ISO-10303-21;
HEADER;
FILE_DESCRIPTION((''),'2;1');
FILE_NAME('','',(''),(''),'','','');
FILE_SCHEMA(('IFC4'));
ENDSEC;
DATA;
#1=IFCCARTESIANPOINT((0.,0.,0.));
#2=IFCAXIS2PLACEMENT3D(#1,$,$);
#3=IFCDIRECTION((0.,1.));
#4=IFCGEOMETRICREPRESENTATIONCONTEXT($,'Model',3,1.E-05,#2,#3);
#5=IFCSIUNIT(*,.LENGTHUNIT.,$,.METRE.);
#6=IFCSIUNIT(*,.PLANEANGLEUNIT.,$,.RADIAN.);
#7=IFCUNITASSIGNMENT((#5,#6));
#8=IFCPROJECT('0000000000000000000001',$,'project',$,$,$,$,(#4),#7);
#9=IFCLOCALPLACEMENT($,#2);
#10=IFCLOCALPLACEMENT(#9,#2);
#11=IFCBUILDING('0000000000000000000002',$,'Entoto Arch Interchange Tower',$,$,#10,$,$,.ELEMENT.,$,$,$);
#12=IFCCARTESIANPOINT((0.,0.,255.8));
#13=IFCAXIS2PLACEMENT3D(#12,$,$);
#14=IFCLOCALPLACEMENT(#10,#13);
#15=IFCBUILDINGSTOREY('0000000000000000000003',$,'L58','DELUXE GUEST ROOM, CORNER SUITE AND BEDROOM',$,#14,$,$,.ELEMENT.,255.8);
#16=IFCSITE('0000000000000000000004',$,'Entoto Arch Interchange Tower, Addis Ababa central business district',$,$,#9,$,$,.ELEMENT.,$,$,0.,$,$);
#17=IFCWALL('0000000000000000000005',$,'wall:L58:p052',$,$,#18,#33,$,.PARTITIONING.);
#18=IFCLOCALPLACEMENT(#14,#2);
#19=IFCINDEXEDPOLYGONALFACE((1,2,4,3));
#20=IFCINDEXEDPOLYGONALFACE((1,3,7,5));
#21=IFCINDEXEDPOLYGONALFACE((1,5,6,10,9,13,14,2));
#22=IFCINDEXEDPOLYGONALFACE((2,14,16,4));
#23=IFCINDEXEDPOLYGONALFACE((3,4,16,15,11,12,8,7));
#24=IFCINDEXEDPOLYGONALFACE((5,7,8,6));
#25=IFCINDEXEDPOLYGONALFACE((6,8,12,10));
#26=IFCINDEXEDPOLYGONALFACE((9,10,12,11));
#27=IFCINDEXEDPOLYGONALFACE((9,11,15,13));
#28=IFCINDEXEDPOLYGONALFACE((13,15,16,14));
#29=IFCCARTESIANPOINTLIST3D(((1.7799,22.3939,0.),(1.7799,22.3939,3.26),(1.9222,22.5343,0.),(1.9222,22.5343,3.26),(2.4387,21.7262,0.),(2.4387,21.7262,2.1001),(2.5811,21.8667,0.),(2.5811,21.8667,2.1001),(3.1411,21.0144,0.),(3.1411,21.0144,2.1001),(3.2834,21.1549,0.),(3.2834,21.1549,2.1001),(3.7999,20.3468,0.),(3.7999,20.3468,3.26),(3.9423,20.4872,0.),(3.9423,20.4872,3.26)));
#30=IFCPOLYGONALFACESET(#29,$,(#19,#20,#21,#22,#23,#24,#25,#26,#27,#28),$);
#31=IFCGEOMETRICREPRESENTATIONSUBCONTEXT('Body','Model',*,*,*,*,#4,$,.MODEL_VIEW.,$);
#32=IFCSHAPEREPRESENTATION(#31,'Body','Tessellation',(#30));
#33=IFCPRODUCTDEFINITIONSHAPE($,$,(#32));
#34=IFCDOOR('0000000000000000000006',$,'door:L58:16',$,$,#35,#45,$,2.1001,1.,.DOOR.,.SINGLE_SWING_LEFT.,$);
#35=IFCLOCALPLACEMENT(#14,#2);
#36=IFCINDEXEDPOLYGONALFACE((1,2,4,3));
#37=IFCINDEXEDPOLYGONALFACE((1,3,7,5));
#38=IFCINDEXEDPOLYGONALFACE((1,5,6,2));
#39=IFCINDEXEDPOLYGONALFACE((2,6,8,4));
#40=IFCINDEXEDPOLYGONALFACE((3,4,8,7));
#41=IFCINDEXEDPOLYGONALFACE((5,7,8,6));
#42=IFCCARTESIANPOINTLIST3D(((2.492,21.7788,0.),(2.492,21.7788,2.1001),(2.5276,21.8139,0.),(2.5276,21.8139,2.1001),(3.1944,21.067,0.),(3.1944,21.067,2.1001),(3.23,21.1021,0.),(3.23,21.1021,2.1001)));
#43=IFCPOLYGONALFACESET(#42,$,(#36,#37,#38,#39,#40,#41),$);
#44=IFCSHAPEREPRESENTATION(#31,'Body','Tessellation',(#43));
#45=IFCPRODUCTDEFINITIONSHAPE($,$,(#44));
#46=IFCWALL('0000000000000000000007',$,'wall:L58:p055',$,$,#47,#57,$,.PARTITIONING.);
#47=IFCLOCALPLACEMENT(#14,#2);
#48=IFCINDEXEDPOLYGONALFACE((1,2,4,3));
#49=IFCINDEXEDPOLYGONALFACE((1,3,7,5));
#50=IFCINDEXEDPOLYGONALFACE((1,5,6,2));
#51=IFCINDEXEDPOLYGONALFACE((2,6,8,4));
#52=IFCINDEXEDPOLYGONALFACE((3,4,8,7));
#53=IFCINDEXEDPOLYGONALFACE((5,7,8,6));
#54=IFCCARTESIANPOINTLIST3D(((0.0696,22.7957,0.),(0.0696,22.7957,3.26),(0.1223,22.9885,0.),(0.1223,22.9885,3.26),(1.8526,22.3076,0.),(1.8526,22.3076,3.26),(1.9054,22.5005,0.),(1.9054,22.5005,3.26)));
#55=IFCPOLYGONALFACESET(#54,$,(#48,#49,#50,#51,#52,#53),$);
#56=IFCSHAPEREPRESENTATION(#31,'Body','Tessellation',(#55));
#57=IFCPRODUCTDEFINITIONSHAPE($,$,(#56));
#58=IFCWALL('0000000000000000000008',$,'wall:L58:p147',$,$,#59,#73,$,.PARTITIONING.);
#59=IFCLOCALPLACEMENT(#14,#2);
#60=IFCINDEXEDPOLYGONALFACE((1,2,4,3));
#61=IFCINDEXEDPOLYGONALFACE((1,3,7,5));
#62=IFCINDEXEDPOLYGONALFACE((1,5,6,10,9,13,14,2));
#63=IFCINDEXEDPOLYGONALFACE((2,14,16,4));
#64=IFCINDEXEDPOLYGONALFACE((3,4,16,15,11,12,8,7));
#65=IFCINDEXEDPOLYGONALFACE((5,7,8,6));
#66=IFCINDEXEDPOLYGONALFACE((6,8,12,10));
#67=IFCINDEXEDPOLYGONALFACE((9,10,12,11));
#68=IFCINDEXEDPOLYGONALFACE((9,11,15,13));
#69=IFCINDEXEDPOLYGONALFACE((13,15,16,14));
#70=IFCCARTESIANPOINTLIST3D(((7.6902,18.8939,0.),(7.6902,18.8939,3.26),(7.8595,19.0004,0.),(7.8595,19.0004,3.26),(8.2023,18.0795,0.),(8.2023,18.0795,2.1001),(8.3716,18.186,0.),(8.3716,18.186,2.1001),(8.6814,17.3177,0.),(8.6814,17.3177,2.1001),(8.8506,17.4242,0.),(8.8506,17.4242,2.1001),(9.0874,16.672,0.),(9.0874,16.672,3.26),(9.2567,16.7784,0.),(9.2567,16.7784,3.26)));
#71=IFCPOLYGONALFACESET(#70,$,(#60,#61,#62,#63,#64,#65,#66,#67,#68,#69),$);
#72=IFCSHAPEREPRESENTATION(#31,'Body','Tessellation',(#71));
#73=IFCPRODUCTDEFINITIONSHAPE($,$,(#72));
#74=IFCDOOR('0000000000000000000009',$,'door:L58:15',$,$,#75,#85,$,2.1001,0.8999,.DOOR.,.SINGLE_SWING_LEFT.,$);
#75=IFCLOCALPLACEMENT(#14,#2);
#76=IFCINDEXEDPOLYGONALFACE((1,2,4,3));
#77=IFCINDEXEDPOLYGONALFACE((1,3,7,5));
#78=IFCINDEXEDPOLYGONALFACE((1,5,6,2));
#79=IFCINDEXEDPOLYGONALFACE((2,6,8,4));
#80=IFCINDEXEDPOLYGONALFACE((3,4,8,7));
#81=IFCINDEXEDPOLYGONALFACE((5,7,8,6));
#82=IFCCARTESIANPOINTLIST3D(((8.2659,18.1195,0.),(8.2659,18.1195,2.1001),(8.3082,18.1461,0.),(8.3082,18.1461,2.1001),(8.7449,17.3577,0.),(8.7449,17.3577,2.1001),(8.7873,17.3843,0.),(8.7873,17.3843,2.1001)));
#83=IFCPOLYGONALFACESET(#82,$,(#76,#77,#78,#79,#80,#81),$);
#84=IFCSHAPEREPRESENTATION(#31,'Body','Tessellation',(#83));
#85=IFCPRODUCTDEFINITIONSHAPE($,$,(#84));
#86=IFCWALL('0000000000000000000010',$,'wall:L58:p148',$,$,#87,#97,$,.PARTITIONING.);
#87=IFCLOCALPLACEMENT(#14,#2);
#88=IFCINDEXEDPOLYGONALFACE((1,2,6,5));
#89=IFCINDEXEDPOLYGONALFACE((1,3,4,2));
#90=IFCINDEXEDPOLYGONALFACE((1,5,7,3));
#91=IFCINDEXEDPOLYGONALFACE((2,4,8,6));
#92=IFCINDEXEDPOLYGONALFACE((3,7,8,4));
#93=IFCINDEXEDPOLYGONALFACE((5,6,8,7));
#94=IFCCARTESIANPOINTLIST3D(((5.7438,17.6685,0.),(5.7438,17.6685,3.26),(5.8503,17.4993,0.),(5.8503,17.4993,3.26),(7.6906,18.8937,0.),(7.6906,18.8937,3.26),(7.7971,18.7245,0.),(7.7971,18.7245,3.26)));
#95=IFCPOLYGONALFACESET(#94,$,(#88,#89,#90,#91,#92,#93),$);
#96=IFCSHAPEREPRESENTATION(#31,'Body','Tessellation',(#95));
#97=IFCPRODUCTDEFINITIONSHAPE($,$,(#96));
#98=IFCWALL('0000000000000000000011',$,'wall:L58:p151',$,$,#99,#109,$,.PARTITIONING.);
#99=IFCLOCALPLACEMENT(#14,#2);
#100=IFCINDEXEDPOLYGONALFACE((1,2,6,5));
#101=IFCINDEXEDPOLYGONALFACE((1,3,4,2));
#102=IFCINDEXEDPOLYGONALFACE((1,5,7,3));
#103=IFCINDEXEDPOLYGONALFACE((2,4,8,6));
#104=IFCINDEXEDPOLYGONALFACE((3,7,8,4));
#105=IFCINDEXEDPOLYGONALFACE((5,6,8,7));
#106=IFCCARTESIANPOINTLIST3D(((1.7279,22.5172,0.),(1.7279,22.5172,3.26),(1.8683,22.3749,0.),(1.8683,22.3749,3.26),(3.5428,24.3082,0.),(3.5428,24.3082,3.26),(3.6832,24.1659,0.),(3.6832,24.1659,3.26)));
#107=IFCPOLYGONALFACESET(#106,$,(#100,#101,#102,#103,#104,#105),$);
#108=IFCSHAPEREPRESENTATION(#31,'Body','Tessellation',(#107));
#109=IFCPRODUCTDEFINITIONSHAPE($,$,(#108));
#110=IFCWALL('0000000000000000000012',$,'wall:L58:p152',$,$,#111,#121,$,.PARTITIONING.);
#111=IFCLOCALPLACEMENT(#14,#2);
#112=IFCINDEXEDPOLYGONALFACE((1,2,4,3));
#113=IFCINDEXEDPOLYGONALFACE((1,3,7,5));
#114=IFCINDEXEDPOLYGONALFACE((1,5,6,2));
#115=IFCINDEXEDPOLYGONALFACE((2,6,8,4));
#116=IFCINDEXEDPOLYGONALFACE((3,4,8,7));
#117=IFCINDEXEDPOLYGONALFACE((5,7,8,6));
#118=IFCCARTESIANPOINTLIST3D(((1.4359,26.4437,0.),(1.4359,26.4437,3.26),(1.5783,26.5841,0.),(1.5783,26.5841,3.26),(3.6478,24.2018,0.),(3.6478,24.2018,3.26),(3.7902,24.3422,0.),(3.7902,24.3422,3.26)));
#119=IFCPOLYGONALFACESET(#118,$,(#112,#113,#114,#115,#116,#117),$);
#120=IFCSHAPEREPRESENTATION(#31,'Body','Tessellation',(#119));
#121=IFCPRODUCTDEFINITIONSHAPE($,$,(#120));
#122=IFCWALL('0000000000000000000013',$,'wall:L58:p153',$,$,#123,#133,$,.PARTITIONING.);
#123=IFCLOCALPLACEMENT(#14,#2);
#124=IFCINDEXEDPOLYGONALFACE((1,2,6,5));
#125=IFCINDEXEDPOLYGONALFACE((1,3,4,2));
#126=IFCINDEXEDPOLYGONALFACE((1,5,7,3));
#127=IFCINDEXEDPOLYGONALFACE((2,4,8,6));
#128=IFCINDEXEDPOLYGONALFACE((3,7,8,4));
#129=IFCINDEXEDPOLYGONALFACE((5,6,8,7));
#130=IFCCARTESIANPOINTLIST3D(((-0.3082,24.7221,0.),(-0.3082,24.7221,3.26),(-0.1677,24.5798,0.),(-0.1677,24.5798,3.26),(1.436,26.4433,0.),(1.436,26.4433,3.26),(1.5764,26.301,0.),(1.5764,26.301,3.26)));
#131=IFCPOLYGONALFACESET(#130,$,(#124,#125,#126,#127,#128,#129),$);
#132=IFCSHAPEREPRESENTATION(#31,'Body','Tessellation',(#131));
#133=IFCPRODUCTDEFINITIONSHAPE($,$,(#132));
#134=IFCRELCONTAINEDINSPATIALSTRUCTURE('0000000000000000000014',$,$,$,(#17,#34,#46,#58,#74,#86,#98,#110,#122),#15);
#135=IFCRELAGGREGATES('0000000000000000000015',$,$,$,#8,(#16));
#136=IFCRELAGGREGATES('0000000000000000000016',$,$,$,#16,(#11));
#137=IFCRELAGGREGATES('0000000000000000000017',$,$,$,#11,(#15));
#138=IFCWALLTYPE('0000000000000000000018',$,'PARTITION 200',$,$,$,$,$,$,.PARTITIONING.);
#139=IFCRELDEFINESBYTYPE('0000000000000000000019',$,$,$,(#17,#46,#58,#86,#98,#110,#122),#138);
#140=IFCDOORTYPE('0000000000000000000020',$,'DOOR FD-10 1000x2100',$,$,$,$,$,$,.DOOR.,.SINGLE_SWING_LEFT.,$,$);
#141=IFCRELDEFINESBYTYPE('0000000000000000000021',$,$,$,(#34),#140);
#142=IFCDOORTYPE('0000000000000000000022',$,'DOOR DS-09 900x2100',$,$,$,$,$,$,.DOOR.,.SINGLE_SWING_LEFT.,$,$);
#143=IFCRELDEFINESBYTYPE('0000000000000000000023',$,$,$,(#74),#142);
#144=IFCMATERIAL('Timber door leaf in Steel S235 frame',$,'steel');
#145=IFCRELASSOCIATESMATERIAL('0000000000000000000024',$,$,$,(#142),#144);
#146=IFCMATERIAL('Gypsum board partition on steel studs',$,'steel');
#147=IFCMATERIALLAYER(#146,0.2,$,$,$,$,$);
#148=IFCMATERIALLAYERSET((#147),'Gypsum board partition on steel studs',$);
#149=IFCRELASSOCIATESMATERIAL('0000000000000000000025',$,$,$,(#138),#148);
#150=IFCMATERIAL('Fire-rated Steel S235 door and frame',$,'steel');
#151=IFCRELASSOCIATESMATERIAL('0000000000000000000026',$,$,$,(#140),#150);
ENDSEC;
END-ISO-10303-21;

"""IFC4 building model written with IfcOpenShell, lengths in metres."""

from ifc_helpers import new_model, si_unit, direction, frame, frame_2d, origin, place, context, subcontext, project, spatial, rectangle, extrude, material, layer, layer_set, type_object, element, fill, save


model = new_model("IFC4")

# Units and contexts
model_context = context("Model", 3, precision=1e-05, world=origin(), true_north=direction((0.0, 1.0)))
body_context = subcontext(model_context, "Body", "Model", "MODEL_VIEW")
ifc_project = project(units=[si_unit("LENGTHUNIT", "METRE"), si_unit("PLANEANGLEUNIT", "RADIAN")], contexts=[model_context])

# Site, building, storey
site_placement = place(None, origin())
site = spatial("IfcSite", under=ifc_project, at=site_placement, Name="Entoto Arch Interchange Tower, Addis Ababa central business district", CompositionType="ELEMENT", RefElevation=0.0)
building_placement = place(site_placement, origin())
building = spatial("IfcBuilding", under=site, at=building_placement, Name="Entoto Arch Interchange Tower", CompositionType="ELEMENT")
storey_placement = place(building_placement, frame((0.0, 0.0, 255.8)))
storey = spatial("IfcBuildingStorey", under=building, at=storey_placement, Name="L58", Description="DELUXE GUEST ROOM, CORNER SUITE AND BEDROOM", CompositionType="ELEMENT", Elevation=255.8)

# Shared definitions
ifc_material_1 = material(Name="Gypsum board partition on steel studs", Category="steel")
ifc_material_2 = material(Name="Timber door leaf in Steel S235 frame", Category="steel")
door_type_1 = type_object("IfcDoorType", Name="DOOR DS-09 900x2100", OperationType="SINGLE_SWING_LEFT", PredefinedType="DOOR", material=ifc_material_2)

# Shared definitions
ifc_layer_1 = layer(ifc_material_1, 0.2)
ifc_layer_set_1 = layer_set([ifc_layer_1], Name="Gypsum board partition on steel studs")
wall_type_1 = type_object("IfcWallType", Name="PARTITION 200", PredefinedType="PARTITIONING", material=ifc_layer_set_1)

# Shared definitions
ifc_material_3 = material(Name="Fire-rated Steel S235 door and frame", Category="steel")
door_type_2 = type_object("IfcDoorType", Name="DOOR FD-10 1000x2100", OperationType="SINGLE_SWING_LEFT", PredefinedType="DOOR", material=ifc_material_3)

# Wall, opening, door
wall_1_placement = place(storey_placement, frame((1.8511, 22.4641, 0.0), z_axis=(0.0, 0.0, 1.0), x_axis=(0.70238, -0.711802, 0.0)))
wall_1 = element("IfcWall", 1, at=wall_1_placement, inside=storey, type_object=wall_type_1, Name="wall:L58:p052", PredefinedType="PARTITIONING", context=body_context, shape_type="SweptSolid", body=[
    extrude(rectangle(XDim=2.876, YDim=0.2, at=frame_2d((1.438, 0.0))), origin(), (0.0, 0.0, 1.0), 3.26),
])
opening_1_placement = place(wall_1_placement, frame((0.938, 0.0, 0.0)))
opening_1 = element("IfcOpeningElement", 2, at=opening_1_placement, cuts=wall_1, PredefinedType="OPENING", context=body_context, shape_type="SweptSolid", body=[
    extrude(rectangle(XDim=1.0, YDim=2.1001, at=frame_2d((0.5, 1.05))), frame((0.0, 0.1099, 0.0), z_axis=(0.0, -1.0, 0.0), x_axis=(1.0, 0.0, 0.0)), (0.0, 0.0, 1.0), 0.22),
])
door_1_placement = place(opening_1_placement, origin())
door_1 = element("IfcDoor", 3, at=door_1_placement, inside=storey, type_object=door_type_2, Name="door:L58:16", OperationType="SINGLE_SWING_LEFT", OverallHeight=2.1001, OverallWidth=1.0, PredefinedType="DOOR", context=body_context, shape_type="SweptSolid", body=[
    extrude(rectangle(XDim=1.0, YDim=2.1001, at=frame_2d((0.5, 1.05))), frame((0.0, 0.0249, 0.0), z_axis=(0.0, -1.0, 0.0), x_axis=(1.0, 0.0, 0.0)), (0.0, 0.0, 1.0), 0.05),
])
fill(opening_1, door_1)

# Wall
wall_2_placement = place(storey_placement, frame((0.0959, 22.8921, 0.0), z_axis=(0.0, 0.0, 1.0), x_axis=(0.96452, -0.264011, 0.0)))
element("IfcWall", 4, at=wall_2_placement, inside=storey, type_object=wall_type_1, Name="wall:L58:p055", PredefinedType="PARTITIONING", context=body_context, shape_type="SweptSolid", body=[
    extrude(rectangle(XDim=1.8486, YDim=0.2, at=frame_2d((0.9243, 0.0))), origin(), (0.0, 0.0, 1.0), 3.26),
])

# Wall, opening, door
wall_3_placement = place(storey_placement, frame((9.1721, 16.7251, 0.0), z_axis=(0.0, 0.0, 1.0), x_axis=(-0.53233, 0.846537, 0.0)))
wall_3 = element("IfcWall", 5, at=wall_3_placement, inside=storey, type_object=wall_type_1, Name="wall:L58:p147", PredefinedType="PARTITIONING", context=body_context, shape_type="SweptSolid", body=[
    extrude(rectangle(XDim=2.6248, YDim=0.2, at=frame_2d((1.3125, 0.0))), origin(), (0.0, 0.0, 1.0), 3.26),
])
opening_2_placement = place(wall_3_placement, frame((0.7629, 0.0, 0.0)))
opening_2 = element("IfcOpeningElement", 6, at=opening_2_placement, cuts=wall_3, PredefinedType="OPENING", context=body_context, shape_type="SweptSolid", body=[
    extrude(rectangle(XDim=0.8999, YDim=2.1001, at=frame_2d((0.45, 1.05))), frame((0.0, 0.1099, 0.0), z_axis=(0.0, -1.0, 0.0), x_axis=(1.0, 0.0, 0.0)), (0.0, 0.0, 1.0), 0.22),
])
door_2_placement = place(opening_2_placement, origin())
door_2 = element("IfcDoor", 7, at=door_2_placement, inside=storey, type_object=door_type_1, Name="door:L58:15", OperationType="SINGLE_SWING_LEFT", OverallHeight=2.1001, OverallWidth=0.8999, PredefinedType="DOOR", context=body_context, shape_type="SweptSolid", body=[
    extrude(rectangle(XDim=0.8999, YDim=2.1001, at=frame_2d((0.45, 1.05))), frame((0.0, 0.0249, 0.0), z_axis=(0.0, -1.0, 0.0), x_axis=(1.0, 0.0, 0.0)), (0.0, 0.0, 1.0), 0.05),
])
fill(opening_2, door_2)

# Walls
wall_4_placement = place(storey_placement, frame((7.7439, 18.8091, 0.0), z_axis=(0.0, 0.0, 1.0), x_axis=(-0.84636, -0.532611, 0.0)))
element("IfcWall", 8, at=wall_4_placement, inside=storey, type_object=wall_type_1, Name="wall:L58:p148", PredefinedType="PARTITIONING", context=body_context, shape_type="SweptSolid", body=[
    extrude(rectangle(XDim=2.3003, YDim=0.2, at=frame_2d((1.1501, 0.0))), origin(), (0.0, 0.0, 1.0), 3.26),
])
wall_5_placement = place(storey_placement, frame((1.7981, 22.446, 0.0), z_axis=(0.0, 0.0, 1.0), x_axis=(0.711783, 0.7024, 0.0)))
element("IfcWall", 9, at=wall_5_placement, inside=storey, type_object=wall_type_1, Name="wall:L58:p151", PredefinedType="PARTITIONING", context=body_context, shape_type="SweptSolid", body=[
    extrude(rectangle(XDim=2.5498, YDim=0.2, at=frame_2d((1.2749, 0.0))), origin(), (0.0, 0.0, 1.0), 3.26),
])
wall_6_placement = place(storey_placement, frame((3.719, 24.272, 0.0), z_axis=(0.0, 0.0, 1.0), x_axis=(-0.702323, 0.711858, 0.0)))
element("IfcWall", 10, at=wall_6_placement, inside=storey, type_object=wall_type_1, Name="wall:L58:p152", PredefinedType="PARTITIONING", context=body_context, shape_type="SweptSolid", body=[
    extrude(rectangle(XDim=3.1494, YDim=0.2, at=frame_2d((1.5747, 0.0))), origin(), (0.0, 0.0, 1.0), 3.26),
])
wall_7_placement = place(storey_placement, frame((1.5061, 26.3721, 0.0), z_axis=(0.0, 0.0, 1.0), x_axis=(-0.711774, -0.702409, 0.0)))
element("IfcWall", 11, at=wall_7_placement, inside=storey, type_object=wall_type_1, Name="wall:L58:p153", PredefinedType="PARTITIONING", context=body_context, shape_type="SweptSolid", body=[
    extrude(rectangle(XDim=2.4504, YDim=0.2, at=frame_2d((1.2251, 0.0))), origin(), (0.0, 0.0, 1.0), 3.26),
])

save(model, "model.ifc")
